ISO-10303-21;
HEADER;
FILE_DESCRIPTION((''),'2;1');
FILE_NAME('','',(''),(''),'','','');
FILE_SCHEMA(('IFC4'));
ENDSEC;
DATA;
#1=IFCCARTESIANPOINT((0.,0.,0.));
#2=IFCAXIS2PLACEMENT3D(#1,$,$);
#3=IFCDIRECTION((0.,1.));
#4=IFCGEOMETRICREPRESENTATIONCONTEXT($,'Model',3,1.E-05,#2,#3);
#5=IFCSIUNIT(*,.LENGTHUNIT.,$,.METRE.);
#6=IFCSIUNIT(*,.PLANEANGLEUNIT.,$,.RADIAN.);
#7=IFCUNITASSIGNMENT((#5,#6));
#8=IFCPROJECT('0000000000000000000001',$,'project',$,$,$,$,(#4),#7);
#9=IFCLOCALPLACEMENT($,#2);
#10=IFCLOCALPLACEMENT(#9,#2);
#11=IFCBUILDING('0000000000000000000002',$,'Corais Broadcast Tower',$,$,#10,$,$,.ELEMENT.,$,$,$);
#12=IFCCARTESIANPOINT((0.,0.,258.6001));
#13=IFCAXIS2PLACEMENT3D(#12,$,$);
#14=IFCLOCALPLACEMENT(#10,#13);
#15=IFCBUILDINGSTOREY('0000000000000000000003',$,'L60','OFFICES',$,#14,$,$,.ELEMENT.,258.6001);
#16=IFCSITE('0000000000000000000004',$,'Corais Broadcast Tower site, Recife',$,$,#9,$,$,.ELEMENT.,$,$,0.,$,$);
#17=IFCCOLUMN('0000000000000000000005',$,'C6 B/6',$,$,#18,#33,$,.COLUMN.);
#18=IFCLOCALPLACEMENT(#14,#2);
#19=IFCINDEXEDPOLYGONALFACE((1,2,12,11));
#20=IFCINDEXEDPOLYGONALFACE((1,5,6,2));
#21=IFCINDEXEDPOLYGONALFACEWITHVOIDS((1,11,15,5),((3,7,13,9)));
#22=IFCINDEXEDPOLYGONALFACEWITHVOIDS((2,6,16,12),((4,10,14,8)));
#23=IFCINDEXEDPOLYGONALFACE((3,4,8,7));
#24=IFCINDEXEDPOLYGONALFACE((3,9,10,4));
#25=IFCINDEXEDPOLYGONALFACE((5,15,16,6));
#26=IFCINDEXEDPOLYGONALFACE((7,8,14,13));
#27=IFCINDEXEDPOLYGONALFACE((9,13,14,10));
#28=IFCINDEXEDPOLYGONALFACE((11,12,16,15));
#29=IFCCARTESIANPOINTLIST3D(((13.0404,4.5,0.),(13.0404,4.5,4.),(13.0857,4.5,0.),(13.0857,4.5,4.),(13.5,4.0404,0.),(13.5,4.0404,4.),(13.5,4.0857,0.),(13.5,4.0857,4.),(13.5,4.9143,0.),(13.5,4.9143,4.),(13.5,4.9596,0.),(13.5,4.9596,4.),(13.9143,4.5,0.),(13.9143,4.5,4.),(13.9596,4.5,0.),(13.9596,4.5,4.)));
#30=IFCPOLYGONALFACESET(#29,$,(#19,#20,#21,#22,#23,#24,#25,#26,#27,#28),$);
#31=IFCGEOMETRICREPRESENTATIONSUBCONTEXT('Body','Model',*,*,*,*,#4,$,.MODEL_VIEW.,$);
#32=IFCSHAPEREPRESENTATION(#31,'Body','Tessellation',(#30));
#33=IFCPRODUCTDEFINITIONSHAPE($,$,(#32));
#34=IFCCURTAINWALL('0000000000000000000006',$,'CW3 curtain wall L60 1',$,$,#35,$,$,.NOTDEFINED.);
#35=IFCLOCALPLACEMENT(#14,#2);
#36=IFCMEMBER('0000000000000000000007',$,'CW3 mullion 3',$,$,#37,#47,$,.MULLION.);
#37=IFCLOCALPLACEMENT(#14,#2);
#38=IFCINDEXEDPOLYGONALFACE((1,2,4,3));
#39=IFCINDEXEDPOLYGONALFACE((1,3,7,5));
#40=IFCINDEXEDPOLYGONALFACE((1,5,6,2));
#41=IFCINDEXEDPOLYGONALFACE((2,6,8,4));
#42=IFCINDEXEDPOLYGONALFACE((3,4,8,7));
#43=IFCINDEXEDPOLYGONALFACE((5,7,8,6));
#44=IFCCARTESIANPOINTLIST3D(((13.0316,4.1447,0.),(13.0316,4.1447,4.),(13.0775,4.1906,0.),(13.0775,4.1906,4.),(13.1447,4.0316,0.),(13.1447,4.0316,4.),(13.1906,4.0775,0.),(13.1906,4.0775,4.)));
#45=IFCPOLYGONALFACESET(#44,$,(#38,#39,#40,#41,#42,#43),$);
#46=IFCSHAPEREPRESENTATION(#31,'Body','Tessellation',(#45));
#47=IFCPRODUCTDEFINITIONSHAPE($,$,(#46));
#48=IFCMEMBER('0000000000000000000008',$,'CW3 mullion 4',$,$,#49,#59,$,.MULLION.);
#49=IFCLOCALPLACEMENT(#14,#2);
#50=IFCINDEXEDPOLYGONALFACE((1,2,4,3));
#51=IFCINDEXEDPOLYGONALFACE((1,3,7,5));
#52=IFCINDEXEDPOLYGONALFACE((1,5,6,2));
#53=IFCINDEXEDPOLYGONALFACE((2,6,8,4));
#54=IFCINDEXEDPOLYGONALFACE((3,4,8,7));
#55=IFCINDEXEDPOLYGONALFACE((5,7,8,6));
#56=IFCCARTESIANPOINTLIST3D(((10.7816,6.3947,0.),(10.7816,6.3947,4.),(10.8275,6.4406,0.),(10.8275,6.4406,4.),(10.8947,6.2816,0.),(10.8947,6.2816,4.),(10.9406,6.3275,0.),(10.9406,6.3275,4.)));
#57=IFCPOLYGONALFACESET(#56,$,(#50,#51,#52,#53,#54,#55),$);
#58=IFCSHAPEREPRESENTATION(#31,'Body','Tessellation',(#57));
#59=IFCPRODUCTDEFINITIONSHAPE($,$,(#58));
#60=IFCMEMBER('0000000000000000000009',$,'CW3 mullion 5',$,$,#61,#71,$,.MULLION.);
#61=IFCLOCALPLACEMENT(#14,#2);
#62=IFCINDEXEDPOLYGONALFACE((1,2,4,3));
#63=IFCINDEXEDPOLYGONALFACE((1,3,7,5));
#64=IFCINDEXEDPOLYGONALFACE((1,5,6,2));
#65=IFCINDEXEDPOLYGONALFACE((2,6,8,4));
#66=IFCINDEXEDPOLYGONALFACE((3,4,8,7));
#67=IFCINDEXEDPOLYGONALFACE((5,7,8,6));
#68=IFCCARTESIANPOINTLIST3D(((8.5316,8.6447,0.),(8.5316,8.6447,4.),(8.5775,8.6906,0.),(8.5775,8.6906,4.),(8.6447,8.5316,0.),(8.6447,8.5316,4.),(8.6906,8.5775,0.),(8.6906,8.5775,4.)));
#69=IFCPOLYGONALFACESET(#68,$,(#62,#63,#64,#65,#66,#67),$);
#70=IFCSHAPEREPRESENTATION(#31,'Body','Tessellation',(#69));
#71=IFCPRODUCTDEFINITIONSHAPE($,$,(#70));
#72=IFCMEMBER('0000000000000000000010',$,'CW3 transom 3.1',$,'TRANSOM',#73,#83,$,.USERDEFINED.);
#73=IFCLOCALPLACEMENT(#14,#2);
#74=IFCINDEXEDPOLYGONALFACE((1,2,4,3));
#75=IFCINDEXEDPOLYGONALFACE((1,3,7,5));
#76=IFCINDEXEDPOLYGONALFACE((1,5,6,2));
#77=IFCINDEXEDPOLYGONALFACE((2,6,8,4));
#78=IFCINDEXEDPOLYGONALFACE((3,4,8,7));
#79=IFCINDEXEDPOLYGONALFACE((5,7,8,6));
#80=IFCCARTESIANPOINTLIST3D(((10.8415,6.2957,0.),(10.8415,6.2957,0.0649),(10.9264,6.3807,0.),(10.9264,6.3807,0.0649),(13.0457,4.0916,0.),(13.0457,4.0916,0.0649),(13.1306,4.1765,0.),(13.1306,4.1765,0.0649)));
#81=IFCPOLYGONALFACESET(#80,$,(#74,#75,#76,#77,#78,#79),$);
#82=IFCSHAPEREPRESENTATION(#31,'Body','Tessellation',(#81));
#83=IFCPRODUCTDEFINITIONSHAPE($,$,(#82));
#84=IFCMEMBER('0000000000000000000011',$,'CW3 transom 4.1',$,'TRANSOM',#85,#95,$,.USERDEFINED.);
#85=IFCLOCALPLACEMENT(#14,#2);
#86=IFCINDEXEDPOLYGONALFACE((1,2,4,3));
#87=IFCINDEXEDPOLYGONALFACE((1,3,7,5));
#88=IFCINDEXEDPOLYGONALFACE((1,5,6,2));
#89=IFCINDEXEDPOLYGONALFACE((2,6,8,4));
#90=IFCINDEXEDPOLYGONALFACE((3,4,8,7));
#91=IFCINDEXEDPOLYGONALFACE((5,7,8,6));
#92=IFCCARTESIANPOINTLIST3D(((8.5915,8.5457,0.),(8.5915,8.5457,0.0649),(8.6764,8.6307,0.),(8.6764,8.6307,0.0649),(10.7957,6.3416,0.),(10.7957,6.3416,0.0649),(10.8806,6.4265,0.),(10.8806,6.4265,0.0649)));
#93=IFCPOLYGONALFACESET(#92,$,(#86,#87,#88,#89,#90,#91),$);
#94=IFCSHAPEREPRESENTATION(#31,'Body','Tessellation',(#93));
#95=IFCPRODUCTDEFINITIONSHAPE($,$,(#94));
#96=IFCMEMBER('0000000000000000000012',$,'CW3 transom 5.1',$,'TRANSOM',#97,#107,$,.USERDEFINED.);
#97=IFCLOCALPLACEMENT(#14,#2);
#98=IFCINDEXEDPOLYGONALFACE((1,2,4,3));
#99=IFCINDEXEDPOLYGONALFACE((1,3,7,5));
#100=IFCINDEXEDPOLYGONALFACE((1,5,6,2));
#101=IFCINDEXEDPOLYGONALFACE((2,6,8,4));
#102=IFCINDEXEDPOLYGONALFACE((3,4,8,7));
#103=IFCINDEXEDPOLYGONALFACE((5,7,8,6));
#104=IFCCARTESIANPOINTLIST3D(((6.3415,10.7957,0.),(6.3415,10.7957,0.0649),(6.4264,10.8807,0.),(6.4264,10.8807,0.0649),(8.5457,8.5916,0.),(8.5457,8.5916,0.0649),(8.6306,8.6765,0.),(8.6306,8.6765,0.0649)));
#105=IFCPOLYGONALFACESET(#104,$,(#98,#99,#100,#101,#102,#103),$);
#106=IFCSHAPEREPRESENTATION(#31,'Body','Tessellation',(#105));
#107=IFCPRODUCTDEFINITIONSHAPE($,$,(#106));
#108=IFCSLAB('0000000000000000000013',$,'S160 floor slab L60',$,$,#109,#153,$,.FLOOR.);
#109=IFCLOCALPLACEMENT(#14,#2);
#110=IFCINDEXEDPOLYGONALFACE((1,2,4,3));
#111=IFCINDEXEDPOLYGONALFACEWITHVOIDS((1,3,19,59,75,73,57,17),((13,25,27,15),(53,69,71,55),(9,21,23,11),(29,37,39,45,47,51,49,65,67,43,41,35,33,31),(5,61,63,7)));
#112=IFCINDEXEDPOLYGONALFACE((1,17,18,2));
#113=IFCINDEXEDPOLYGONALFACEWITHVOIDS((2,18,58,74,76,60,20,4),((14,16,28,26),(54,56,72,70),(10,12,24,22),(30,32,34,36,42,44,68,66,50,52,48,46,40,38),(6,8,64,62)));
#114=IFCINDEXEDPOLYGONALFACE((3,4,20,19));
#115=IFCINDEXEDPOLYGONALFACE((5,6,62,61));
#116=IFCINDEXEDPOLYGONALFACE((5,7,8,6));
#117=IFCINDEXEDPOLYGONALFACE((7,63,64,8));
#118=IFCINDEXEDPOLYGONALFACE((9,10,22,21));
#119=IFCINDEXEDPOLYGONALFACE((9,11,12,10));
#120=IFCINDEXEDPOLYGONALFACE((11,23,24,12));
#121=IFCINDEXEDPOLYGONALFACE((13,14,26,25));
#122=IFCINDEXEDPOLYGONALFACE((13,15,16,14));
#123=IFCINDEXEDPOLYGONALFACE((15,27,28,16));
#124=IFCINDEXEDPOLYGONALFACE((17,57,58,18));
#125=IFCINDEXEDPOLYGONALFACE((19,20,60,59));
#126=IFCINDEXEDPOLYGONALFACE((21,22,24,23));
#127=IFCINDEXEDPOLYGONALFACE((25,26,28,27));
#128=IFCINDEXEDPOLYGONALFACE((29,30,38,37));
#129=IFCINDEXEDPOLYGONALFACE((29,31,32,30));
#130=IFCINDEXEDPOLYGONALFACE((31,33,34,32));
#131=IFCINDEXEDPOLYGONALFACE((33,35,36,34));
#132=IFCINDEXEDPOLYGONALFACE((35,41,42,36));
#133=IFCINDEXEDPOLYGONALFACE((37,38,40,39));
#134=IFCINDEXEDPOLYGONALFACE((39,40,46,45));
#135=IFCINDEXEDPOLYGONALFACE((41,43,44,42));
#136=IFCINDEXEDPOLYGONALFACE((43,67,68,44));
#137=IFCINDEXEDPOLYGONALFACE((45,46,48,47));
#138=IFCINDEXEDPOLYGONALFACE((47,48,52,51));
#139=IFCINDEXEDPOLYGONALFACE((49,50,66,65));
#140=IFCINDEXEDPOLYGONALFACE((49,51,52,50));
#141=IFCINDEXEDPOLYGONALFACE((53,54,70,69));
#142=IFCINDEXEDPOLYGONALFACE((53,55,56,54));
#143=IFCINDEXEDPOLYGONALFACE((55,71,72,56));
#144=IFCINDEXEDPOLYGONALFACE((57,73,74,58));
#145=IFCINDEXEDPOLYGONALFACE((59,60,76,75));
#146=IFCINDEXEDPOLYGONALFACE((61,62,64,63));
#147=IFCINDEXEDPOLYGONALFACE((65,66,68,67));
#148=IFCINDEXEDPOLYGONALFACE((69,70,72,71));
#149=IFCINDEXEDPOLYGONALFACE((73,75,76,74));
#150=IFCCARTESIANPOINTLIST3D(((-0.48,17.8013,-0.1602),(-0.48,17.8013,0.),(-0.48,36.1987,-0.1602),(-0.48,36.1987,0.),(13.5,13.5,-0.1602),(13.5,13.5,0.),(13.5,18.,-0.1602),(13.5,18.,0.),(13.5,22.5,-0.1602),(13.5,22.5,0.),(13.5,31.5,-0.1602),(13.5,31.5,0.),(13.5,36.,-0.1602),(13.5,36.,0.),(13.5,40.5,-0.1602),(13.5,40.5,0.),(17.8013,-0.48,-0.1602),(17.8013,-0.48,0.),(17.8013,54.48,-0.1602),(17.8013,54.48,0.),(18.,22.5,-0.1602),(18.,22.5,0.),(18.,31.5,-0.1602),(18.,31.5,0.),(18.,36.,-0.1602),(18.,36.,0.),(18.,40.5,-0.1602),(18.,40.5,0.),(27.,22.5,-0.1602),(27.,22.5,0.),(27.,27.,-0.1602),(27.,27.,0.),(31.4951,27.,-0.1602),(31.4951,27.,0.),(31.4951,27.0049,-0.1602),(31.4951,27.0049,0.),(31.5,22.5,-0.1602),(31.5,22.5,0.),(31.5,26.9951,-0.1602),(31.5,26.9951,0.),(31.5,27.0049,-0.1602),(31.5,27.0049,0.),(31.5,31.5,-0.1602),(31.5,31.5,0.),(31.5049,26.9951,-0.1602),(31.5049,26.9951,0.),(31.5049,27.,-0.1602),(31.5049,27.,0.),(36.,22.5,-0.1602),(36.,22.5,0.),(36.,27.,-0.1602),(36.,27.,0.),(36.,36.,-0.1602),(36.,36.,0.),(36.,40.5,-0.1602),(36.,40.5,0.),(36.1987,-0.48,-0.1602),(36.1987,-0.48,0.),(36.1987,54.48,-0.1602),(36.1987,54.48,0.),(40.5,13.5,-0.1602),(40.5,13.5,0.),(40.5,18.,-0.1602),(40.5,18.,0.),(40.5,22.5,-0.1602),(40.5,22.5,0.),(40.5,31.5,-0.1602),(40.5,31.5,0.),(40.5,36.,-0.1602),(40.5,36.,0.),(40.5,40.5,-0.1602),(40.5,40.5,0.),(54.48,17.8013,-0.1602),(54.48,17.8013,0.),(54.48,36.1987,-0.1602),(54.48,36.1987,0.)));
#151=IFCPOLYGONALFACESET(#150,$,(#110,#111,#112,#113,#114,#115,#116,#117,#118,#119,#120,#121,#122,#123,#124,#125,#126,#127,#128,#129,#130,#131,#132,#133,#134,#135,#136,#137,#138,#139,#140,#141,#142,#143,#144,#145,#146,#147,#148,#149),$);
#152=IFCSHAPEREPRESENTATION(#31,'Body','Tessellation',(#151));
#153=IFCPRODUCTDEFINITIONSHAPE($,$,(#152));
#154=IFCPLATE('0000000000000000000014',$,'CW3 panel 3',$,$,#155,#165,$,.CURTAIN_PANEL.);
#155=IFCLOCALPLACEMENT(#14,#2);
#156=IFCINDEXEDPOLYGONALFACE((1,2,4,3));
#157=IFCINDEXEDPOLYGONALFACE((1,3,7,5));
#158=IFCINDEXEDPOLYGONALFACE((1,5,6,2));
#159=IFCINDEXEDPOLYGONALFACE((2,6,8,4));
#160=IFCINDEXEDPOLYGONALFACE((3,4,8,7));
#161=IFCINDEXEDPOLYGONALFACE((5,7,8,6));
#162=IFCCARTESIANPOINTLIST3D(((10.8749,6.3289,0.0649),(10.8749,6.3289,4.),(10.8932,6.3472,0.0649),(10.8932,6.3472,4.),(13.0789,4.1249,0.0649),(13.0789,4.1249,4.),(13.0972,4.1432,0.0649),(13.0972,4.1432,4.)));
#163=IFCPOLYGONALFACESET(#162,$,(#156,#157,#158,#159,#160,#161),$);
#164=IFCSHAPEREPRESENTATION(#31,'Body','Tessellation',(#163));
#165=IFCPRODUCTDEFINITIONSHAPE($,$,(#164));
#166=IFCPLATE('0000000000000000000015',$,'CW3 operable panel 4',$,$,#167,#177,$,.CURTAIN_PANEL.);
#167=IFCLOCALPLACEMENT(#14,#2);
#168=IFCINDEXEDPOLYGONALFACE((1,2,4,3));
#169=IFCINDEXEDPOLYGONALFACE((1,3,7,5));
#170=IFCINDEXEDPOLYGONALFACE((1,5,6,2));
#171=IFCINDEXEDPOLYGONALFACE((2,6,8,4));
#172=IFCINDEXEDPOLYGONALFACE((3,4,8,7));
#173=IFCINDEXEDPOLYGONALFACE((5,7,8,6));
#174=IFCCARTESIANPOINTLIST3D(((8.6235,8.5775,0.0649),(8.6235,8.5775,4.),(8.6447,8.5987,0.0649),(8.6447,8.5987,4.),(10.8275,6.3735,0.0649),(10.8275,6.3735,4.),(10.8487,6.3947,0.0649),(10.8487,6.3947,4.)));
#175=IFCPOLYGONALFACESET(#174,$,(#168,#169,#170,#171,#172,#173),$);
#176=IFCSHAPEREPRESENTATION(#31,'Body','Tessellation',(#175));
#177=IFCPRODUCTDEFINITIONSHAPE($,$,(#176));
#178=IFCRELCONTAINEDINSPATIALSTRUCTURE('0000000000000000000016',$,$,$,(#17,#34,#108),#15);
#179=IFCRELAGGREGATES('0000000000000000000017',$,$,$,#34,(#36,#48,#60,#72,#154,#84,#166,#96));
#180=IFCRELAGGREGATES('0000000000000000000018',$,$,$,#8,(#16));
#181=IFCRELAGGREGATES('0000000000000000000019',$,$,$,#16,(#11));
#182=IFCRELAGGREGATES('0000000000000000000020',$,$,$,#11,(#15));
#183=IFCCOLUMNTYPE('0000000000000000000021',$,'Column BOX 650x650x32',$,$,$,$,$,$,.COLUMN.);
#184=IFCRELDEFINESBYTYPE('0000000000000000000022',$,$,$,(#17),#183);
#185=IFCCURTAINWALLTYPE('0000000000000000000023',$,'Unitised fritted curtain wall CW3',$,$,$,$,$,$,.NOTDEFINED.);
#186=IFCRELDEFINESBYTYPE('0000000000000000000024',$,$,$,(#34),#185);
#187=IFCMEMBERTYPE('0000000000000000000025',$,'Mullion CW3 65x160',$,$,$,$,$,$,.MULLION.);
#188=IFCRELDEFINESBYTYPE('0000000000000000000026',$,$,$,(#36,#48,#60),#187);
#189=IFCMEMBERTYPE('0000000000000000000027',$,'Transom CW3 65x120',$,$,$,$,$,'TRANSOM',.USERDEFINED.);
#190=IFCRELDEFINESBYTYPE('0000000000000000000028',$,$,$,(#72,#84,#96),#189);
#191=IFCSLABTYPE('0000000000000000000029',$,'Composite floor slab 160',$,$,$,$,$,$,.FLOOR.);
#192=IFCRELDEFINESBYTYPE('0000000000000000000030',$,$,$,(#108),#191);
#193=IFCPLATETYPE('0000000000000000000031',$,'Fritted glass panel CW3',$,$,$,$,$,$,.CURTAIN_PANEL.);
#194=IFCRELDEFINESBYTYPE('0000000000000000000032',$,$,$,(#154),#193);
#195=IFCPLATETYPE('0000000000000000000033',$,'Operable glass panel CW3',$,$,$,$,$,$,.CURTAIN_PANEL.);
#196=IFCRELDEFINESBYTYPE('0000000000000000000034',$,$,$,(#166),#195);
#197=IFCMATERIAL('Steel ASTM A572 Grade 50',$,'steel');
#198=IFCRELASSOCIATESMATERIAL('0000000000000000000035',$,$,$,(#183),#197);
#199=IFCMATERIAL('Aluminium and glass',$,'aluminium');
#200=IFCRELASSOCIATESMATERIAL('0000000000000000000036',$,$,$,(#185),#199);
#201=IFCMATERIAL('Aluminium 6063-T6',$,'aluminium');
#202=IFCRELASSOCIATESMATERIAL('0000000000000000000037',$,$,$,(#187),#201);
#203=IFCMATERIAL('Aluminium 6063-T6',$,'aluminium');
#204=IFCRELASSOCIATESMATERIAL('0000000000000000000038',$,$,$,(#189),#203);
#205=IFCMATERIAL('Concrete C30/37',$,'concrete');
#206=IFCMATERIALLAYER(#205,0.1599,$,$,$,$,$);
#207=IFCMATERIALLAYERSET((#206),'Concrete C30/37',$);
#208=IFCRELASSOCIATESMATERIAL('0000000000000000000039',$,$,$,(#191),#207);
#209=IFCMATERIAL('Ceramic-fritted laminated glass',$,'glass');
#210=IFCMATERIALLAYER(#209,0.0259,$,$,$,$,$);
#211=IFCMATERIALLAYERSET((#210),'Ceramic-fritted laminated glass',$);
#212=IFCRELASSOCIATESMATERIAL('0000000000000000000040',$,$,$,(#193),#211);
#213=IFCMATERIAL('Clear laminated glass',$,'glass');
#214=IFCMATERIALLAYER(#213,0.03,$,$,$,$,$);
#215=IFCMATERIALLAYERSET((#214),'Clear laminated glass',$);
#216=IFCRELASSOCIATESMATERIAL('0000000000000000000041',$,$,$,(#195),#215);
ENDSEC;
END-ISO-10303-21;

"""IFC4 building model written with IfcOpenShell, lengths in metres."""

from ifc_helpers import new_model, si_unit, direction, frame, origin, origin_2d, place, context, subcontext, project, spatial, polyline, rectangle, hollow_rectangle, outline, extrude, material, layer, layer_set, material_profile, profile_set, type_object, element, aggregate, save


model = new_model("IFC4")

# Units and contexts
model_context = context("Model", 3, precision=1e-05, world=origin(), true_north=direction((0.0, 1.0)))
body_context = subcontext(model_context, "Body", "Model", "MODEL_VIEW")
ifc_project = project(units=[si_unit("LENGTHUNIT", "METRE"), si_unit("PLANEANGLEUNIT", "RADIAN")], contexts=[model_context])

# Site, building, storey
site_placement = place(None, origin())
site = spatial("IfcSite", under=ifc_project, at=site_placement, Name="Corais Broadcast Tower site, Recife", CompositionType="ELEMENT", RefElevation=0.0)
building_placement = place(site_placement, origin())
building = spatial("IfcBuilding", under=site, at=building_placement, Name="Corais Broadcast Tower", CompositionType="ELEMENT")
storey_placement = place(building_placement, frame((0.0, 0.0, 258.6001)))
storey = spatial("IfcBuildingStorey", under=building, at=storey_placement, Name="L60", Description="OFFICES", CompositionType="ELEMENT", Elevation=258.6001)

# Column
ifc_material_1 = material(Name="Steel ASTM A572 Grade 50", Category="steel")
ifc_material_profile_1 = material_profile(ifc_material_1, hollow_rectangle(XDim=0.6499, YDim=0.6499, WallThickness=0.032, at=origin_2d()), Name="BOX 650x650x32")
ifc_profile_set_1 = profile_set([ifc_material_profile_1], Name="Steel ASTM A572 Grade 50")
column_type = type_object("IfcColumnType", Name="Column BOX 650x650x32", PredefinedType="COLUMN", material=ifc_profile_set_1)
column_placement = place(storey_placement, frame((13.5, 4.5, 0.0), z_axis=(0.0, 0.0, 1.0), x_axis=(0.707107, 0.707107, 0.0)))
element("IfcColumn", 1, at=column_placement, inside=storey, type_object=column_type, Name="C6 B/6", PredefinedType="COLUMN", context=body_context, shape_type="SweptSolid", body=[
    extrude(hollow_rectangle(XDim=0.6499, YDim=0.6499, WallThickness=0.032, at=origin_2d()), origin(), (0.0, 0.0, 1.0), 4.0),
])

# Curtain wall, members
ifc_material_2 = material(Name="Aluminium and glass", Category="aluminium")
curtain_wall_type = type_object("IfcCurtainWallType", Name="Unitised fritted curtain wall CW3", PredefinedType="NOTDEFINED", material=ifc_material_2)
curtain_wall_placement = place(storey_placement, origin())
curtain_wall = element("IfcCurtainWall", 2, at=curtain_wall_placement, inside=storey, type_object=curtain_wall_type, Name="CW3 curtain wall L60 1", PredefinedType="NOTDEFINED")
ifc_material_3 = material(Name="Aluminium 6063-T6", Category="aluminium")
ifc_material_profile_2 = material_profile(ifc_material_3, rectangle(XDim=0.0649, YDim=0.1599, at=origin_2d()), Name="Mullion CW3 65x160")
ifc_profile_set_2 = profile_set([ifc_material_profile_2], Name="Aluminium 6063-T6")
member_type_1 = type_object("IfcMemberType", Name="Mullion CW3 65x160", PredefinedType="MULLION", material=ifc_profile_set_2)
member_1_placement = place(storey_placement, frame((13.1111, 4.1111, 0.0), z_axis=(0.0, 0.0, 1.0), x_axis=(-0.707107, -0.707107, 0.0)))
member_1 = element("IfcMember", 3, at=member_1_placement, type_object=member_type_1, Name="CW3 mullion 3", PredefinedType="MULLION", context=body_context, shape_type="SweptSolid", body=[
    extrude(rectangle(XDim=0.0649, YDim=0.1599, at=origin_2d()), origin(), (0.0, 0.0, 1.0), 4.0),
])
member_2_placement = place(storey_placement, frame((10.8611, 6.3611, 0.0), z_axis=(0.0, 0.0, 1.0), x_axis=(-0.707107, -0.707107, 0.0)))
member_2 = element("IfcMember", 4, at=member_2_placement, type_object=member_type_1, Name="CW3 mullion 4", PredefinedType="MULLION", context=body_context, shape_type="SweptSolid", body=[
    extrude(rectangle(XDim=0.0649, YDim=0.1599, at=origin_2d()), origin(), (0.0, 0.0, 1.0), 4.0),
])
member_3_placement = place(storey_placement, frame((8.6111, 8.6111, 0.0), z_axis=(0.0, 0.0, 1.0), x_axis=(-0.707107, -0.707107, 0.0)))
member_3 = element("IfcMember", 5, at=member_3_placement, type_object=member_type_1, Name="CW3 mullion 5", PredefinedType="MULLION", context=body_context, shape_type="SweptSolid", body=[
    extrude(rectangle(XDim=0.0649, YDim=0.1599, at=origin_2d()), origin(), (0.0, 0.0, 1.0), 4.0),
])
ifc_material_4 = material(Name="Aluminium 6063-T6", Category="aluminium")
ifc_material_profile_3 = material_profile(ifc_material_4, rectangle(XDim=0.1201, YDim=0.0649, at=origin_2d()), Name="Transom CW3 65x120")
ifc_profile_set_3 = profile_set([ifc_material_profile_3], Name="Aluminium 6063-T6")
member_type_2 = type_object("IfcMemberType", Name="Transom CW3 65x120", ElementType="TRANSOM", PredefinedType="USERDEFINED", material=ifc_profile_set_3)
member_4_placement = place(storey_placement, frame((13.0881, 4.134, 0.0325), z_axis=(-0.707107, 0.707107, 0.0), x_axis=(-0.707107, -0.707107, 0.0)))
member_4 = element("IfcMember", 6, at=member_4_placement, type_object=member_type_2, Name="CW3 transom 3.1", ObjectType="TRANSOM", PredefinedType="USERDEFINED", context=body_context, shape_type="SweptSolid", body=[
    extrude(rectangle(XDim=0.1201, YDim=0.0649, at=origin_2d()), origin(), (0.0, 0.0, 1.0), 3.1172),
])
member_5_placement = place(storey_placement, frame((10.8381, 6.384, 0.0325), z_axis=(-0.707107, 0.707107, 0.0), x_axis=(-0.707107, -0.707107, 0.0)))
member_5 = element("IfcMember", 7, at=member_5_placement, type_object=member_type_2, Name="CW3 transom 4.1", ObjectType="TRANSOM", PredefinedType="USERDEFINED", context=body_context, shape_type="SweptSolid", body=[
    extrude(rectangle(XDim=0.1201, YDim=0.0649, at=origin_2d()), origin(), (0.0, 0.0, 1.0), 3.1172),
])
member_6_placement = place(storey_placement, frame((8.5881, 8.634, 0.0325), z_axis=(-0.707107, 0.707107, 0.0), x_axis=(-0.707107, -0.707107, 0.0)))
member_6 = element("IfcMember", 8, at=member_6_placement, type_object=member_type_2, Name="CW3 transom 5.1", ObjectType="TRANSOM", PredefinedType="USERDEFINED", context=body_context, shape_type="SweptSolid", body=[
    extrude(rectangle(XDim=0.1201, YDim=0.0649, at=origin_2d()), origin(), (0.0, 0.0, 1.0), 3.1172),
])

# Slab
ifc_material_5 = material(Name="Concrete C30/37", Category="concrete")
ifc_layer_1 = layer(ifc_material_5, 0.1599)
ifc_layer_set_1 = layer_set([ifc_layer_1], Name="Concrete C30/37")
slab_type_1 = type_object("IfcSlabType", Name="Composite floor slab 160", PredefinedType="FLOOR", material=ifc_layer_set_1)
slab_1_placement = place(storey_placement, frame((0.0, 0.0, -0.1602)))
element("IfcSlab", 9, at=slab_1_placement, inside=storey, type_object=slab_type_1, Name="S160 floor slab L60", PredefinedType="FLOOR", context=body_context, shape_type="SweptSolid", body=[
    extrude(outline(polyline([(17.8013, -0.48), (-0.48, 17.8013), (-0.48, 36.1987), (17.8013, 54.48), (36.1987, 54.48), (54.48, 36.1987), (54.48, 17.8013), (36.1987, -0.48), (17.8013, -0.48)]), holes=[polyline([(13.5, 18.0), (40.5, 18.0), (40.5, 13.5), (13.5, 13.5), (13.5, 18.0)]), polyline([(18.0, 22.5), (13.5, 22.5), (13.5, 31.5), (18.0, 31.5), (18.0, 22.5)]), polyline([(18.0, 36.0), (13.5, 36.0), (13.5, 40.5), (18.0, 40.5), (18.0, 36.0)]), polyline([(31.5, 22.5), (27.0, 22.5), (27.0, 27.0), (31.4951, 27.0), (31.4951, 27.0049), (31.5, 27.0049), (31.5, 31.5), (40.5, 31.5), (40.5, 22.5), (36.0, 22.5), (36.0, 27.0), (31.5049, 27.0), (31.5049, 26.9951), (31.5, 26.9951), (31.5, 22.5)]), polyline([(40.5, 36.0), (36.0, 36.0), (36.0, 40.5), (40.5, 40.5), (40.5, 36.0)])]), origin(), (0.0, 0.0, 1.0), 0.1602),
])

# Plates
ifc_material_6 = material(Name="Ceramic-fritted laminated glass", Category="glass")
ifc_layer_2 = layer(ifc_material_6, 0.0259)
ifc_layer_set_2 = layer_set([ifc_layer_2], Name="Ceramic-fritted laminated glass")
plate_type_1 = type_object("IfcPlateType", Name="Fritted glass panel CW3", PredefinedType="CURTAIN_PANEL", material=ifc_layer_set_2)
plate_1_placement = place(storey_placement, frame((11.9861, 5.2361, 0.0649), z_axis=(0.0, 0.0, 1.0), x_axis=(-0.707107, 0.707107, 0.0)))
plate_1 = element("IfcPlate", 10, at=plate_1_placement, type_object=plate_type_1, Name="CW3 panel 3", PredefinedType="CURTAIN_PANEL", context=body_context, shape_type="SweptSolid", body=[
    extrude(rectangle(XDim=3.1169, YDim=0.0259, at=origin_2d()), origin(), (0.0, 0.0, 1.0), 3.9351),
])
ifc_material_7 = material(Name="Clear laminated glass", Category="glass")
ifc_layer_3 = layer(ifc_material_7, 0.03)
ifc_layer_set_3 = layer_set([ifc_layer_3], Name="Clear laminated glass")
plate_type_2 = type_object("IfcPlateType", Name="Operable glass panel CW3", PredefinedType="CURTAIN_PANEL", material=ifc_layer_set_3)
plate_2_placement = place(storey_placement, frame((9.7361, 7.4861, 0.0649), z_axis=(0.0, 0.0, 1.0), x_axis=(-0.707107, 0.707107, 0.0)))
plate_2 = element("IfcPlate", 11, at=plate_2_placement, type_object=plate_type_2, Name="CW3 operable panel 4", PredefinedType="CURTAIN_PANEL", context=body_context, shape_type="SweptSolid", body=[
    extrude(rectangle(XDim=3.1169, YDim=0.03, at=origin_2d()), origin(), (0.0, 0.0, 1.0), 3.9351),
])
aggregate(curtain_wall, [member_1, member_2, member_3, member_4, plate_1, member_5, plate_2, member_6])

save(model, "model.ifc")
